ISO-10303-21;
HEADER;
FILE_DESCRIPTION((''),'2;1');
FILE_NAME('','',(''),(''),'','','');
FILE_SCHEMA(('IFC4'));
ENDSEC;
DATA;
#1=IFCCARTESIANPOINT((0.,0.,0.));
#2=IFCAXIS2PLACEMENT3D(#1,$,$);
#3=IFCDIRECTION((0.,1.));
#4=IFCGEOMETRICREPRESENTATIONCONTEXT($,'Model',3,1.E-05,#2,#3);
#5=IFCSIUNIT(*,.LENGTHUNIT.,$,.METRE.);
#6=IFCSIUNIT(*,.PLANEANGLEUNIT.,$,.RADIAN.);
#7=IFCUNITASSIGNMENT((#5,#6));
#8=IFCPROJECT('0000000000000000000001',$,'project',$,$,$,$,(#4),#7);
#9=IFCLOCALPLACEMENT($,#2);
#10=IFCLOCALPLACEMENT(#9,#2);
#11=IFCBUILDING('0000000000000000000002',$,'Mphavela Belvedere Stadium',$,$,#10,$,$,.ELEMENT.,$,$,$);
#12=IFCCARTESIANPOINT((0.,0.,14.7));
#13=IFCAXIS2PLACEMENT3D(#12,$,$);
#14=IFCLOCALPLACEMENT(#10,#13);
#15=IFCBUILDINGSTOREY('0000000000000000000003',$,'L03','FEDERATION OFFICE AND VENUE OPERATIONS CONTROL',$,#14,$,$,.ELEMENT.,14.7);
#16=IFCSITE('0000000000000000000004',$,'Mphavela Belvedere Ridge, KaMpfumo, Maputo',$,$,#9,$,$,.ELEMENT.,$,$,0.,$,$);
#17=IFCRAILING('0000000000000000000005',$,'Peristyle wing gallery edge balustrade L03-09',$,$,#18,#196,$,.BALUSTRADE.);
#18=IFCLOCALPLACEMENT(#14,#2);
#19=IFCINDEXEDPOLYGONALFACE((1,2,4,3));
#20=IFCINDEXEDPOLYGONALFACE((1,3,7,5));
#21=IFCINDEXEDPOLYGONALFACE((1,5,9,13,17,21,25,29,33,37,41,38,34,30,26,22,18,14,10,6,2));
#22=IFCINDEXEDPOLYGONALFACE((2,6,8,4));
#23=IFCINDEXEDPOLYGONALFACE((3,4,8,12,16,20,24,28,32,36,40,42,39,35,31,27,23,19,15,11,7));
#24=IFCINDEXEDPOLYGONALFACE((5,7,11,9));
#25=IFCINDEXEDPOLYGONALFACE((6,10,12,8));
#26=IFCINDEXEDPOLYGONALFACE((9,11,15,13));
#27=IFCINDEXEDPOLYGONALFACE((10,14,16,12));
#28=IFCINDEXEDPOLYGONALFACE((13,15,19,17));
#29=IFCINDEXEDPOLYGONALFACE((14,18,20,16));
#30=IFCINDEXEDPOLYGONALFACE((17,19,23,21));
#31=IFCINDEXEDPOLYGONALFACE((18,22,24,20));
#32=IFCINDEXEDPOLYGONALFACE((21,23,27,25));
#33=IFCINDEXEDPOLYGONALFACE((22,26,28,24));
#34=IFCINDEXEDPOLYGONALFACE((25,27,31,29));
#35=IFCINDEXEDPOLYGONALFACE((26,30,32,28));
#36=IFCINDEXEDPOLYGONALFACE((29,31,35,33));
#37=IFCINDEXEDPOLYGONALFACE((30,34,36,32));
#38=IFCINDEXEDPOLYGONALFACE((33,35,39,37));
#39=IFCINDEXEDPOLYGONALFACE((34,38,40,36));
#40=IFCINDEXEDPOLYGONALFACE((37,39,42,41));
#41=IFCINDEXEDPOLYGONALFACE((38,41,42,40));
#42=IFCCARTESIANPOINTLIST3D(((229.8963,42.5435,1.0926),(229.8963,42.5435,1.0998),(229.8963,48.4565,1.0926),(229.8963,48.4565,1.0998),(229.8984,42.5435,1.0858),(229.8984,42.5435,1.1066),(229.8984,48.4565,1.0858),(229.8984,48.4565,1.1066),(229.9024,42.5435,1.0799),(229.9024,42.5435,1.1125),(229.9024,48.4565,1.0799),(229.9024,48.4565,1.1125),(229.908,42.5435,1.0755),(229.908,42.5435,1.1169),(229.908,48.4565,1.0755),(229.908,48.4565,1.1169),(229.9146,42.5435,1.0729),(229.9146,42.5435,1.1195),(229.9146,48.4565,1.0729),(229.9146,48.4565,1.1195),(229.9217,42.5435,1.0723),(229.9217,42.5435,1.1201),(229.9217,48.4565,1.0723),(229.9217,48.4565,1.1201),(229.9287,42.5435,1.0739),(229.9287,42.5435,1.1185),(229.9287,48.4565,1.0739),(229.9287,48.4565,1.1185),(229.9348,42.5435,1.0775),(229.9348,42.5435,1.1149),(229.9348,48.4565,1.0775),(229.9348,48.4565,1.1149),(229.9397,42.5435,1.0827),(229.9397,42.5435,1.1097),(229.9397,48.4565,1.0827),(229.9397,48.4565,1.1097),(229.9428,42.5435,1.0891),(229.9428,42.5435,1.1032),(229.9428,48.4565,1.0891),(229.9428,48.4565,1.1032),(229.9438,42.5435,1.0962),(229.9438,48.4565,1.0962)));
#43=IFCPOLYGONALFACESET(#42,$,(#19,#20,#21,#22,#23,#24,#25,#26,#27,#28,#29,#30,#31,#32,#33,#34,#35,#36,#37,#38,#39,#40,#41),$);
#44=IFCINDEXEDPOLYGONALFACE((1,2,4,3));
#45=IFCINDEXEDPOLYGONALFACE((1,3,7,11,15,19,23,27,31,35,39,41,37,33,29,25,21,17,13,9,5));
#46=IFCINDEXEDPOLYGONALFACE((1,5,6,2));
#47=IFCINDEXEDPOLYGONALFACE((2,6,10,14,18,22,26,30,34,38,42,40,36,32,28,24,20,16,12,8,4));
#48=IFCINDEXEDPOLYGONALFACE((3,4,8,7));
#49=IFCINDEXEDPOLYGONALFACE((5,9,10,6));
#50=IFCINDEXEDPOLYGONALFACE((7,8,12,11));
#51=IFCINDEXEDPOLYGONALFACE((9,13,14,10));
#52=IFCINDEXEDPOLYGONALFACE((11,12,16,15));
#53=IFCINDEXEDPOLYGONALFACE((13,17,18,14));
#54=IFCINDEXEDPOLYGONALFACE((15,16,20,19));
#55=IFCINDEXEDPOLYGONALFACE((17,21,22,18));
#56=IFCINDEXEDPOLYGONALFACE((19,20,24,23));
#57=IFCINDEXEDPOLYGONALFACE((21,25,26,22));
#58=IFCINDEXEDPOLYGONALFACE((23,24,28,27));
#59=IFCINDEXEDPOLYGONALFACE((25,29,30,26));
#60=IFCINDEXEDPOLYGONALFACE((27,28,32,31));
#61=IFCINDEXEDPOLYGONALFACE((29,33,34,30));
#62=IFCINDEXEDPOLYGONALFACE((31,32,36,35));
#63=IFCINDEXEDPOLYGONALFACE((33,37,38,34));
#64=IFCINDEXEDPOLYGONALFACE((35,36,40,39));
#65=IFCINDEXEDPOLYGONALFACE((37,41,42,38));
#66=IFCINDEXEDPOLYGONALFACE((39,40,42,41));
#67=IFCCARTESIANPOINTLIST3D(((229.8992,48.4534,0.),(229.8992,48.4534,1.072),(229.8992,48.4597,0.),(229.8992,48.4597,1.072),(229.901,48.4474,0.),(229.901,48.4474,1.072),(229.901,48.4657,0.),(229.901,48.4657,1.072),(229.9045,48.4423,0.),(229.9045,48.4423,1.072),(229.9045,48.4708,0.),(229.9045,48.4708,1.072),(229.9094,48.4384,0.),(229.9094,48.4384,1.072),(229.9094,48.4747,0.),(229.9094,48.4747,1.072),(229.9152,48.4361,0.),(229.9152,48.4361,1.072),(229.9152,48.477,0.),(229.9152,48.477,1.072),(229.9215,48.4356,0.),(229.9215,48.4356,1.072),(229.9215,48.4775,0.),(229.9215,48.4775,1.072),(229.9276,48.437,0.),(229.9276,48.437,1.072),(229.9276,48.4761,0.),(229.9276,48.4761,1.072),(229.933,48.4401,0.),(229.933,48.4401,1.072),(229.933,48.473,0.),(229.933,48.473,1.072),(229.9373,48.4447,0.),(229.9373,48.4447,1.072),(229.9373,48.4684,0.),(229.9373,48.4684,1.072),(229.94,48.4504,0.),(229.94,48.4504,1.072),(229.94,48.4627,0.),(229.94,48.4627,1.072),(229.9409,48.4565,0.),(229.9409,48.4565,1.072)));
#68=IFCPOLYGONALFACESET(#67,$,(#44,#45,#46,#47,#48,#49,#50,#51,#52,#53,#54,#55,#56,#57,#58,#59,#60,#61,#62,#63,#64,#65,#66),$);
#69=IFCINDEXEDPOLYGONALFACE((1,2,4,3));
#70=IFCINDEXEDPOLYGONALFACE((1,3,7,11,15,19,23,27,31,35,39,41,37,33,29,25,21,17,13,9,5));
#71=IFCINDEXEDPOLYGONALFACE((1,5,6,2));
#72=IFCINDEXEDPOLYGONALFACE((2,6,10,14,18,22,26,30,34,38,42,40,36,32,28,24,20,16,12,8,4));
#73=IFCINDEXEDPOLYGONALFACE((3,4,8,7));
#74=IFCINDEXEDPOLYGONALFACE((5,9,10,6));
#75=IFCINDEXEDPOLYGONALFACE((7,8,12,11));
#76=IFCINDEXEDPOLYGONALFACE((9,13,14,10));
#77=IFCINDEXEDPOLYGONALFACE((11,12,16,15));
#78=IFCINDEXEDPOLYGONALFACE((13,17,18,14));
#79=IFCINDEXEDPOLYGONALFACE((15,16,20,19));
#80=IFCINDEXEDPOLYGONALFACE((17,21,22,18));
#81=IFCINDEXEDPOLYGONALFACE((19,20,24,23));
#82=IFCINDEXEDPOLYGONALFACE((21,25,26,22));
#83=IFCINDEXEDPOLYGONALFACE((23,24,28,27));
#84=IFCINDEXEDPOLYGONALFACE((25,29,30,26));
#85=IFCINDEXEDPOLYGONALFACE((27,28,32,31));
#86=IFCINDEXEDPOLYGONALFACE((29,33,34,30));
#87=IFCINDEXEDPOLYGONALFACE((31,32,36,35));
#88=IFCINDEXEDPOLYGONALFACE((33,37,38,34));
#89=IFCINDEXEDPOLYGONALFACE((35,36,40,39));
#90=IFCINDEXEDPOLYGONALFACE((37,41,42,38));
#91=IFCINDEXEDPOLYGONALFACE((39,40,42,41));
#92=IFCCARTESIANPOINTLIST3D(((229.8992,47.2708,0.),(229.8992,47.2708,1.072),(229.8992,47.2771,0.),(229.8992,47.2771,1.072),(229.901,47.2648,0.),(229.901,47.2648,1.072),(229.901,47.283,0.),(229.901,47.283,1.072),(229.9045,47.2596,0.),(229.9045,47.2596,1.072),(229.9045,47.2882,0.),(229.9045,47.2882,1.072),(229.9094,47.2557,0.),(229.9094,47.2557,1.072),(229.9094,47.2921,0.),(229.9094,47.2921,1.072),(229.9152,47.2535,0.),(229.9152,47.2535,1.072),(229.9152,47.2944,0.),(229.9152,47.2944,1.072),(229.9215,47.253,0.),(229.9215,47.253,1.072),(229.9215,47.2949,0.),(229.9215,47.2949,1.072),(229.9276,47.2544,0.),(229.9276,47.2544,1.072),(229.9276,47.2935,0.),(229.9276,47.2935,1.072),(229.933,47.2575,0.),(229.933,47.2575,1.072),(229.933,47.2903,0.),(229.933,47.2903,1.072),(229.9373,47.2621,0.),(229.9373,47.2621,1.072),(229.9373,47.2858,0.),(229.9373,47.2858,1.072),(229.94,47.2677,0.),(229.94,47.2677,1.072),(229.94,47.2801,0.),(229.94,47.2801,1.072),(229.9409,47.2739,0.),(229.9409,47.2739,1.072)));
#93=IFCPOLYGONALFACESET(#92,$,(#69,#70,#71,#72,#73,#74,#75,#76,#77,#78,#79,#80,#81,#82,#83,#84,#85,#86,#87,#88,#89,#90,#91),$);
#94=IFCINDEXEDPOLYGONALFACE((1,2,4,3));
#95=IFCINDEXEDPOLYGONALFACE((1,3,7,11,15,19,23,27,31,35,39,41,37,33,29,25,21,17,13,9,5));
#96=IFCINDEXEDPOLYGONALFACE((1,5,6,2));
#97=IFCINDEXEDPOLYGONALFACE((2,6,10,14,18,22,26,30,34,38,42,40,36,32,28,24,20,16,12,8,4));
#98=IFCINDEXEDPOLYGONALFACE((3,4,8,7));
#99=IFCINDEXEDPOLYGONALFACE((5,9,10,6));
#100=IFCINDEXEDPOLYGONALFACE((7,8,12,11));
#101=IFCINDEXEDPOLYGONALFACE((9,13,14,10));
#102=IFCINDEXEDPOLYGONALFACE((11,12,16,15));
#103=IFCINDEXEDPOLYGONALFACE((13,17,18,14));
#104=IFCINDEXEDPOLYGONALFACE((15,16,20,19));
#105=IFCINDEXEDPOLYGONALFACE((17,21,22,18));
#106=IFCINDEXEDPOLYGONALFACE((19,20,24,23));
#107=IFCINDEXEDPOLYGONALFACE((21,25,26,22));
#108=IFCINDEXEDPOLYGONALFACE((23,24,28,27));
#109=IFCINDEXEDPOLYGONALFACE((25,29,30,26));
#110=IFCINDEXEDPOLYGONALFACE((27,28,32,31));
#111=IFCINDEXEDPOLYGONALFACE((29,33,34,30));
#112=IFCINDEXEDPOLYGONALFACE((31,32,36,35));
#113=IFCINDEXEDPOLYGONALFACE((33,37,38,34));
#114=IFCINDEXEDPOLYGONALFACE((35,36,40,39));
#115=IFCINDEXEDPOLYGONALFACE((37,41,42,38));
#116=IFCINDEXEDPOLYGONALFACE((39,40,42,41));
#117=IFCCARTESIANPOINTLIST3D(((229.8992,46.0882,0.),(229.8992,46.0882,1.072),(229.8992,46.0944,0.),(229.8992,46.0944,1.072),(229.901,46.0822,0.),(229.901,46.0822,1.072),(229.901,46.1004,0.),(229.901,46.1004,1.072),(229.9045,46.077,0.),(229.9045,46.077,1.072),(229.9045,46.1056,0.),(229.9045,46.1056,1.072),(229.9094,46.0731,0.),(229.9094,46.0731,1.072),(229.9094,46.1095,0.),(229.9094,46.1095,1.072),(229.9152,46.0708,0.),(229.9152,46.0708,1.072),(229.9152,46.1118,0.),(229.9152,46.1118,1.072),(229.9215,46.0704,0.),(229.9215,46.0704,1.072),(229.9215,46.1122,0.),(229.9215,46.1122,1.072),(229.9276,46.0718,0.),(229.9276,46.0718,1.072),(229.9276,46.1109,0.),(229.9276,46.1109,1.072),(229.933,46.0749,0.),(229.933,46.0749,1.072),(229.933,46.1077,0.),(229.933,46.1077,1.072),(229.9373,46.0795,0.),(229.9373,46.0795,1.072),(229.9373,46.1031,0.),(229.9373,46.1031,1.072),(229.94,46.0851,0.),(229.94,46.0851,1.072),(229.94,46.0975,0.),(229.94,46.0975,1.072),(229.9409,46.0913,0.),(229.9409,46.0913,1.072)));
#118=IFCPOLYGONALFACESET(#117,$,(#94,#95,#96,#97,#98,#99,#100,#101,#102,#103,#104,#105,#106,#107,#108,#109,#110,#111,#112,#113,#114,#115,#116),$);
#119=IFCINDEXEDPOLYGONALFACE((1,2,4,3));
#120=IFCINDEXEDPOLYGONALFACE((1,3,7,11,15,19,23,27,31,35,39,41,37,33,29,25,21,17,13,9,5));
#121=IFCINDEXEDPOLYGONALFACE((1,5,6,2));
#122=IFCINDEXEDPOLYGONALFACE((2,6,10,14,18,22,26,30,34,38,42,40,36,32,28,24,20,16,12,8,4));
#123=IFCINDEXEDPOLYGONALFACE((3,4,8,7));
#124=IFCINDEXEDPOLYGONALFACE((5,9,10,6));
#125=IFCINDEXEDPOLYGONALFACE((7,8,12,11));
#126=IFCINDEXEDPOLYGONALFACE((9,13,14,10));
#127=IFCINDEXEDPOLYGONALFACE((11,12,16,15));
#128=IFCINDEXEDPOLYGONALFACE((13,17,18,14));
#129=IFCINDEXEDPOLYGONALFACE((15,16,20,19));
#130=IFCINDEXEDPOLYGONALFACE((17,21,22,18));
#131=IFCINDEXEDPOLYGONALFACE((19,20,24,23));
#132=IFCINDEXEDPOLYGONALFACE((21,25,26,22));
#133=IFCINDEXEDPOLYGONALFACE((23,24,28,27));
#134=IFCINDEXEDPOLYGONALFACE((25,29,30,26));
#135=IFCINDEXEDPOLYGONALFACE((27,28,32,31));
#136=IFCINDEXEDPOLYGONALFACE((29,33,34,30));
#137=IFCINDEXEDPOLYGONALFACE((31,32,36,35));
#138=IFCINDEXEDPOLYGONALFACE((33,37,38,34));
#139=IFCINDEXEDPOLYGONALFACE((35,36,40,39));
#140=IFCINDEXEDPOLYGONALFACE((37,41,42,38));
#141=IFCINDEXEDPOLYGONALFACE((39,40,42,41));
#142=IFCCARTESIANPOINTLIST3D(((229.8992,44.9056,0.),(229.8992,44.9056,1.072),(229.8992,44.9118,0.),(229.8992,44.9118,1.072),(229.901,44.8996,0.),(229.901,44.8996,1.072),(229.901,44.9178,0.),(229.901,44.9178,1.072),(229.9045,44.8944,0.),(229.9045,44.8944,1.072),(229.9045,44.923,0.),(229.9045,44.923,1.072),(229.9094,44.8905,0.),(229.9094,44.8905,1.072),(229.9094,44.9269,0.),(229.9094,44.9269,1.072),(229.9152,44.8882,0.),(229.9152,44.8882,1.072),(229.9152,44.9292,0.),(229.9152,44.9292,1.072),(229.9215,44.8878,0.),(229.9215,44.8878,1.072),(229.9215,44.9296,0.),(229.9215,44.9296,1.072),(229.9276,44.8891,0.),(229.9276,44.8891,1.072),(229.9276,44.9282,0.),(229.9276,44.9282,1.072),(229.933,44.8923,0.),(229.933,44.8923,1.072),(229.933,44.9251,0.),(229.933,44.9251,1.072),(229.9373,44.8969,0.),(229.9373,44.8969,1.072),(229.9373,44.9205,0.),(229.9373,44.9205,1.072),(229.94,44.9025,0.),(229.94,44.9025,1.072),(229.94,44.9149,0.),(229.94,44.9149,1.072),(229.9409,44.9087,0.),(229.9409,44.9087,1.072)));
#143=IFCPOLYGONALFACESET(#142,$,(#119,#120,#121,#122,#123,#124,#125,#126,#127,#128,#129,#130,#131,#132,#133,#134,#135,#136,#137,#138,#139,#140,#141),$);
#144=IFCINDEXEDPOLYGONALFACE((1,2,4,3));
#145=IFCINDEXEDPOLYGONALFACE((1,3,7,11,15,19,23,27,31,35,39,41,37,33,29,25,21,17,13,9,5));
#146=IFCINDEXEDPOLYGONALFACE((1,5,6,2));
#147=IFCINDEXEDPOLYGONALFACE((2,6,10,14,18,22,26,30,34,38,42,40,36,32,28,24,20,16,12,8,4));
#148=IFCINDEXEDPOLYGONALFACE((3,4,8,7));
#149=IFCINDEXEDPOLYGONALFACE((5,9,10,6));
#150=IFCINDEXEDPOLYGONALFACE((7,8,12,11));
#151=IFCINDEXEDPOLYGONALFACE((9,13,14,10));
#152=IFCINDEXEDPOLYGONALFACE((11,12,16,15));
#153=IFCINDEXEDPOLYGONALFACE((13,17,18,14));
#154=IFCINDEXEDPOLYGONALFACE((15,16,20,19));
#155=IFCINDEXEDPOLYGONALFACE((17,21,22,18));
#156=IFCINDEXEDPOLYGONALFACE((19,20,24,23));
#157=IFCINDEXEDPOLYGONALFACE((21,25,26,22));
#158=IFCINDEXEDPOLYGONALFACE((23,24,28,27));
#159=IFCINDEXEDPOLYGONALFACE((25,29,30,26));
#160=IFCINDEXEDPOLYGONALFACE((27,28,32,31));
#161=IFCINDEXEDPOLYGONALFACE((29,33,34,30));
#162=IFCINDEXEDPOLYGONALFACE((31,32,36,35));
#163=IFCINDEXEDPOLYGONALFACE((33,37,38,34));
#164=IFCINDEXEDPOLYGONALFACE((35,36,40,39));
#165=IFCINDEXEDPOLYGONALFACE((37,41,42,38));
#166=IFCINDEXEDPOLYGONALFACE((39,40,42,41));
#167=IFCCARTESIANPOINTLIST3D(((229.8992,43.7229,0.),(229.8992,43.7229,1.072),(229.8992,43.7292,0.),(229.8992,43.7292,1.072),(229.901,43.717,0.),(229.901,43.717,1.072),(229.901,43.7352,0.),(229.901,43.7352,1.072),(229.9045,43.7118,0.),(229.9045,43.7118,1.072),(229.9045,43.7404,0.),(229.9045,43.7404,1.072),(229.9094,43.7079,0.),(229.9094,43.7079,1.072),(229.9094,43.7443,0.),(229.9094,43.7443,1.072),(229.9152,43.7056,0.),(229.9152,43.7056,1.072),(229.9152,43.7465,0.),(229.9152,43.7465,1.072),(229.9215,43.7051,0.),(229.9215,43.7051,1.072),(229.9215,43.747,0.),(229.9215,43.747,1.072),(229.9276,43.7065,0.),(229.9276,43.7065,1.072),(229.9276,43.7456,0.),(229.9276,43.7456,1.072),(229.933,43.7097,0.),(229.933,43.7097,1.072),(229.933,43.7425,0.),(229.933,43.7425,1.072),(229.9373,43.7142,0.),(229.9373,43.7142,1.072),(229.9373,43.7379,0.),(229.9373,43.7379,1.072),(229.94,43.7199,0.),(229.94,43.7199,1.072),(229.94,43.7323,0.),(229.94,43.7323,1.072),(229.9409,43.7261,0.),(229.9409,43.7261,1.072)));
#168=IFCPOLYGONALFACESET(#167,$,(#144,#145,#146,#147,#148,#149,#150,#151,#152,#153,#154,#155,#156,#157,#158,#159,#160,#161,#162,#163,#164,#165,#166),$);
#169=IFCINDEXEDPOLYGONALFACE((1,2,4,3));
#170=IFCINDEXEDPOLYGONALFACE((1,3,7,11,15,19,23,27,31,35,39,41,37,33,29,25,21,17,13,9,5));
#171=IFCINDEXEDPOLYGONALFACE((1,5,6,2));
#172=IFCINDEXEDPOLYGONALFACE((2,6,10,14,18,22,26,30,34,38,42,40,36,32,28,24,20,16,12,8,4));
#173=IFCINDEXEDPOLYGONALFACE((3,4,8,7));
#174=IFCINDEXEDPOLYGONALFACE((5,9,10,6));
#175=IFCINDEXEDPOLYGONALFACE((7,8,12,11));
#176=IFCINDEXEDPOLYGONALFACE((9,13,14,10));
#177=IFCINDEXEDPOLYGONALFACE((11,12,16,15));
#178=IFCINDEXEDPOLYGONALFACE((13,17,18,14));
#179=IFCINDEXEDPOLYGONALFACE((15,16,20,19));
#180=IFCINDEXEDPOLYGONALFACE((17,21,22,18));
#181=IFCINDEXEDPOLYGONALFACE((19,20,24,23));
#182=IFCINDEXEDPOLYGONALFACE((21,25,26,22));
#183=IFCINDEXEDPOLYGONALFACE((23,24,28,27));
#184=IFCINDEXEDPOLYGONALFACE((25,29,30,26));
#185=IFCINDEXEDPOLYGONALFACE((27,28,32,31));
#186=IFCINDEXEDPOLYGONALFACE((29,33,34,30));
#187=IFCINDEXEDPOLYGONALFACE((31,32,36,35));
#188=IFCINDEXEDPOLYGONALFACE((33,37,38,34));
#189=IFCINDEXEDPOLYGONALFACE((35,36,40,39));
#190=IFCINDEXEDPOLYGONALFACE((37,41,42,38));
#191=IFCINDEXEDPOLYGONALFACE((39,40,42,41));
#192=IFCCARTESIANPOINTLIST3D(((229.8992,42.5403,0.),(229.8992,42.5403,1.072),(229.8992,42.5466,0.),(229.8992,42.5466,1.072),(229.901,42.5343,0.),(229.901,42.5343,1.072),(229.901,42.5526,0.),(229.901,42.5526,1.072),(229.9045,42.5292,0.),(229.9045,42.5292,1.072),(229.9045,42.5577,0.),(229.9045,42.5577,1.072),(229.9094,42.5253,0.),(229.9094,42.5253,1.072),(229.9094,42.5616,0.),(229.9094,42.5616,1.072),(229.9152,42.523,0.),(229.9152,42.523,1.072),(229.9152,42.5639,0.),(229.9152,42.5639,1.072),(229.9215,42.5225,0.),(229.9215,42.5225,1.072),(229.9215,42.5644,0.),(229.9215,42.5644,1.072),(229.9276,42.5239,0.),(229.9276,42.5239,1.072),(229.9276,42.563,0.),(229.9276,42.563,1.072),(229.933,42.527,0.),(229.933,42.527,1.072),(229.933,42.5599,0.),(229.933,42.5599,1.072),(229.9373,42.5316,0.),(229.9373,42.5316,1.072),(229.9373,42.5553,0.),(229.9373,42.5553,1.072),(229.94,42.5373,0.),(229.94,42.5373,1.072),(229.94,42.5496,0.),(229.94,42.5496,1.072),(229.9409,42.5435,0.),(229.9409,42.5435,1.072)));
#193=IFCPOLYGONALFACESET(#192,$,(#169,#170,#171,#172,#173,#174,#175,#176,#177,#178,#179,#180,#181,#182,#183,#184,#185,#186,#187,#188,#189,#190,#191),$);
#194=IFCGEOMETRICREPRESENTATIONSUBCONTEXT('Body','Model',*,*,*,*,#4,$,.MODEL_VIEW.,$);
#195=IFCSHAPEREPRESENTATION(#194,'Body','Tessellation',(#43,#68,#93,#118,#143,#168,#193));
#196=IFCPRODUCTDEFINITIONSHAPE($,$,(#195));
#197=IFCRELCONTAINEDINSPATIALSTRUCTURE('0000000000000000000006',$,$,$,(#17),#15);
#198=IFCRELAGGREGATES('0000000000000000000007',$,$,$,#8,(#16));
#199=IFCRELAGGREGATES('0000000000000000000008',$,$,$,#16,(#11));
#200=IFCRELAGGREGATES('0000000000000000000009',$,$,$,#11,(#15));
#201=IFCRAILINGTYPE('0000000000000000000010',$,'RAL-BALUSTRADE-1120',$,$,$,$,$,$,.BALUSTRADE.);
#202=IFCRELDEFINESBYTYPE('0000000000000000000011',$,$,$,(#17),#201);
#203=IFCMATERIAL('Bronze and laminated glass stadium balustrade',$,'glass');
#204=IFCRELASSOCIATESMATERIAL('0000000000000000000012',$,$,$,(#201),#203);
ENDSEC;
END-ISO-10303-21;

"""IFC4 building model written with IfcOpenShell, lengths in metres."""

from ifc_helpers import new_model, si_unit, direction, frame, origin, origin_2d, place, context, subcontext, project, spatial, circle, extrude, material, type_object, element, save


model = new_model("IFC4")

# Units and contexts
model_context = context("Model", 3, precision=1e-05, world=origin(), true_north=direction((0.0, 1.0)))
body_context = subcontext(model_context, "Body", "Model", "MODEL_VIEW")
ifc_project = project(units=[si_unit("LENGTHUNIT", "METRE"), si_unit("PLANEANGLEUNIT", "RADIAN")], contexts=[model_context])

# Site, building, storey
site_placement = place(None, origin())
site = spatial("IfcSite", under=ifc_project, at=site_placement, Name="Mphavela Belvedere Ridge, KaMpfumo, Maputo", CompositionType="ELEMENT", RefElevation=0.0)
building_placement = place(site_placement, origin())
building = spatial("IfcBuilding", under=site, at=building_placement, Name="Mphavela Belvedere Stadium", CompositionType="ELEMENT")
storey_placement = place(building_placement, frame((0.0, 0.0, 14.7)))
storey = spatial("IfcBuildingStorey", under=building, at=storey_placement, Name="L03", Description="FEDERATION OFFICE AND VENUE OPERATIONS CONTROL", CompositionType="ELEMENT", Elevation=14.7)

# Railing
ifc_material_1 = material(Name="Bronze and laminated glass stadium balustrade", Category="glass")
railing_type = type_object("IfcRailingType", Name="RAL-BALUSTRADE-1120", PredefinedType="BALUSTRADE", material=ifc_material_1)
railing_1_placement = place(storey_placement, frame((229.9199, 48.4565, 0.0)))
element("IfcRailing", 1, at=railing_1_placement, inside=storey, type_object=railing_type, Name="Peristyle wing gallery edge balustrade L03-09", PredefinedType="BALUSTRADE", context=body_context, shape_type="SweptSolid", body=[
    extrude(circle(Radius=0.0239, at=origin_2d()), frame((0.0, 0.0, 1.0962), z_axis=(0.0, -1.0, 0.0), x_axis=(1.0, 0.0, 0.0)), (0.0, 0.0, 1.0), 5.9131),
    extrude(circle(Radius=0.021, at=origin_2d()), origin(), (0.0, 0.0, 1.0), 1.072),
    extrude(circle(Radius=0.021, at=origin_2d()), frame((0.0, -1.1826, 0.0)), (0.0, 0.0, 1.0), 1.072),
    extrude(circle(Radius=0.021, at=origin_2d()), frame((0.0, -2.3652, 0.0)), (0.0, 0.0, 1.0), 1.072),
    extrude(circle(Radius=0.021, at=origin_2d()), frame((0.0, -3.5479, 0.0)), (0.0, 0.0, 1.0), 1.072),
    extrude(circle(Radius=0.021, at=origin_2d()), frame((0.0, -4.7305, 0.0)), (0.0, 0.0, 1.0), 1.072),
    extrude(circle(Radius=0.021, at=origin_2d()), frame((0.0, -5.9131, 0.0)), (0.0, 0.0, 1.0), 1.072),
])

save(model, "model.ifc")
